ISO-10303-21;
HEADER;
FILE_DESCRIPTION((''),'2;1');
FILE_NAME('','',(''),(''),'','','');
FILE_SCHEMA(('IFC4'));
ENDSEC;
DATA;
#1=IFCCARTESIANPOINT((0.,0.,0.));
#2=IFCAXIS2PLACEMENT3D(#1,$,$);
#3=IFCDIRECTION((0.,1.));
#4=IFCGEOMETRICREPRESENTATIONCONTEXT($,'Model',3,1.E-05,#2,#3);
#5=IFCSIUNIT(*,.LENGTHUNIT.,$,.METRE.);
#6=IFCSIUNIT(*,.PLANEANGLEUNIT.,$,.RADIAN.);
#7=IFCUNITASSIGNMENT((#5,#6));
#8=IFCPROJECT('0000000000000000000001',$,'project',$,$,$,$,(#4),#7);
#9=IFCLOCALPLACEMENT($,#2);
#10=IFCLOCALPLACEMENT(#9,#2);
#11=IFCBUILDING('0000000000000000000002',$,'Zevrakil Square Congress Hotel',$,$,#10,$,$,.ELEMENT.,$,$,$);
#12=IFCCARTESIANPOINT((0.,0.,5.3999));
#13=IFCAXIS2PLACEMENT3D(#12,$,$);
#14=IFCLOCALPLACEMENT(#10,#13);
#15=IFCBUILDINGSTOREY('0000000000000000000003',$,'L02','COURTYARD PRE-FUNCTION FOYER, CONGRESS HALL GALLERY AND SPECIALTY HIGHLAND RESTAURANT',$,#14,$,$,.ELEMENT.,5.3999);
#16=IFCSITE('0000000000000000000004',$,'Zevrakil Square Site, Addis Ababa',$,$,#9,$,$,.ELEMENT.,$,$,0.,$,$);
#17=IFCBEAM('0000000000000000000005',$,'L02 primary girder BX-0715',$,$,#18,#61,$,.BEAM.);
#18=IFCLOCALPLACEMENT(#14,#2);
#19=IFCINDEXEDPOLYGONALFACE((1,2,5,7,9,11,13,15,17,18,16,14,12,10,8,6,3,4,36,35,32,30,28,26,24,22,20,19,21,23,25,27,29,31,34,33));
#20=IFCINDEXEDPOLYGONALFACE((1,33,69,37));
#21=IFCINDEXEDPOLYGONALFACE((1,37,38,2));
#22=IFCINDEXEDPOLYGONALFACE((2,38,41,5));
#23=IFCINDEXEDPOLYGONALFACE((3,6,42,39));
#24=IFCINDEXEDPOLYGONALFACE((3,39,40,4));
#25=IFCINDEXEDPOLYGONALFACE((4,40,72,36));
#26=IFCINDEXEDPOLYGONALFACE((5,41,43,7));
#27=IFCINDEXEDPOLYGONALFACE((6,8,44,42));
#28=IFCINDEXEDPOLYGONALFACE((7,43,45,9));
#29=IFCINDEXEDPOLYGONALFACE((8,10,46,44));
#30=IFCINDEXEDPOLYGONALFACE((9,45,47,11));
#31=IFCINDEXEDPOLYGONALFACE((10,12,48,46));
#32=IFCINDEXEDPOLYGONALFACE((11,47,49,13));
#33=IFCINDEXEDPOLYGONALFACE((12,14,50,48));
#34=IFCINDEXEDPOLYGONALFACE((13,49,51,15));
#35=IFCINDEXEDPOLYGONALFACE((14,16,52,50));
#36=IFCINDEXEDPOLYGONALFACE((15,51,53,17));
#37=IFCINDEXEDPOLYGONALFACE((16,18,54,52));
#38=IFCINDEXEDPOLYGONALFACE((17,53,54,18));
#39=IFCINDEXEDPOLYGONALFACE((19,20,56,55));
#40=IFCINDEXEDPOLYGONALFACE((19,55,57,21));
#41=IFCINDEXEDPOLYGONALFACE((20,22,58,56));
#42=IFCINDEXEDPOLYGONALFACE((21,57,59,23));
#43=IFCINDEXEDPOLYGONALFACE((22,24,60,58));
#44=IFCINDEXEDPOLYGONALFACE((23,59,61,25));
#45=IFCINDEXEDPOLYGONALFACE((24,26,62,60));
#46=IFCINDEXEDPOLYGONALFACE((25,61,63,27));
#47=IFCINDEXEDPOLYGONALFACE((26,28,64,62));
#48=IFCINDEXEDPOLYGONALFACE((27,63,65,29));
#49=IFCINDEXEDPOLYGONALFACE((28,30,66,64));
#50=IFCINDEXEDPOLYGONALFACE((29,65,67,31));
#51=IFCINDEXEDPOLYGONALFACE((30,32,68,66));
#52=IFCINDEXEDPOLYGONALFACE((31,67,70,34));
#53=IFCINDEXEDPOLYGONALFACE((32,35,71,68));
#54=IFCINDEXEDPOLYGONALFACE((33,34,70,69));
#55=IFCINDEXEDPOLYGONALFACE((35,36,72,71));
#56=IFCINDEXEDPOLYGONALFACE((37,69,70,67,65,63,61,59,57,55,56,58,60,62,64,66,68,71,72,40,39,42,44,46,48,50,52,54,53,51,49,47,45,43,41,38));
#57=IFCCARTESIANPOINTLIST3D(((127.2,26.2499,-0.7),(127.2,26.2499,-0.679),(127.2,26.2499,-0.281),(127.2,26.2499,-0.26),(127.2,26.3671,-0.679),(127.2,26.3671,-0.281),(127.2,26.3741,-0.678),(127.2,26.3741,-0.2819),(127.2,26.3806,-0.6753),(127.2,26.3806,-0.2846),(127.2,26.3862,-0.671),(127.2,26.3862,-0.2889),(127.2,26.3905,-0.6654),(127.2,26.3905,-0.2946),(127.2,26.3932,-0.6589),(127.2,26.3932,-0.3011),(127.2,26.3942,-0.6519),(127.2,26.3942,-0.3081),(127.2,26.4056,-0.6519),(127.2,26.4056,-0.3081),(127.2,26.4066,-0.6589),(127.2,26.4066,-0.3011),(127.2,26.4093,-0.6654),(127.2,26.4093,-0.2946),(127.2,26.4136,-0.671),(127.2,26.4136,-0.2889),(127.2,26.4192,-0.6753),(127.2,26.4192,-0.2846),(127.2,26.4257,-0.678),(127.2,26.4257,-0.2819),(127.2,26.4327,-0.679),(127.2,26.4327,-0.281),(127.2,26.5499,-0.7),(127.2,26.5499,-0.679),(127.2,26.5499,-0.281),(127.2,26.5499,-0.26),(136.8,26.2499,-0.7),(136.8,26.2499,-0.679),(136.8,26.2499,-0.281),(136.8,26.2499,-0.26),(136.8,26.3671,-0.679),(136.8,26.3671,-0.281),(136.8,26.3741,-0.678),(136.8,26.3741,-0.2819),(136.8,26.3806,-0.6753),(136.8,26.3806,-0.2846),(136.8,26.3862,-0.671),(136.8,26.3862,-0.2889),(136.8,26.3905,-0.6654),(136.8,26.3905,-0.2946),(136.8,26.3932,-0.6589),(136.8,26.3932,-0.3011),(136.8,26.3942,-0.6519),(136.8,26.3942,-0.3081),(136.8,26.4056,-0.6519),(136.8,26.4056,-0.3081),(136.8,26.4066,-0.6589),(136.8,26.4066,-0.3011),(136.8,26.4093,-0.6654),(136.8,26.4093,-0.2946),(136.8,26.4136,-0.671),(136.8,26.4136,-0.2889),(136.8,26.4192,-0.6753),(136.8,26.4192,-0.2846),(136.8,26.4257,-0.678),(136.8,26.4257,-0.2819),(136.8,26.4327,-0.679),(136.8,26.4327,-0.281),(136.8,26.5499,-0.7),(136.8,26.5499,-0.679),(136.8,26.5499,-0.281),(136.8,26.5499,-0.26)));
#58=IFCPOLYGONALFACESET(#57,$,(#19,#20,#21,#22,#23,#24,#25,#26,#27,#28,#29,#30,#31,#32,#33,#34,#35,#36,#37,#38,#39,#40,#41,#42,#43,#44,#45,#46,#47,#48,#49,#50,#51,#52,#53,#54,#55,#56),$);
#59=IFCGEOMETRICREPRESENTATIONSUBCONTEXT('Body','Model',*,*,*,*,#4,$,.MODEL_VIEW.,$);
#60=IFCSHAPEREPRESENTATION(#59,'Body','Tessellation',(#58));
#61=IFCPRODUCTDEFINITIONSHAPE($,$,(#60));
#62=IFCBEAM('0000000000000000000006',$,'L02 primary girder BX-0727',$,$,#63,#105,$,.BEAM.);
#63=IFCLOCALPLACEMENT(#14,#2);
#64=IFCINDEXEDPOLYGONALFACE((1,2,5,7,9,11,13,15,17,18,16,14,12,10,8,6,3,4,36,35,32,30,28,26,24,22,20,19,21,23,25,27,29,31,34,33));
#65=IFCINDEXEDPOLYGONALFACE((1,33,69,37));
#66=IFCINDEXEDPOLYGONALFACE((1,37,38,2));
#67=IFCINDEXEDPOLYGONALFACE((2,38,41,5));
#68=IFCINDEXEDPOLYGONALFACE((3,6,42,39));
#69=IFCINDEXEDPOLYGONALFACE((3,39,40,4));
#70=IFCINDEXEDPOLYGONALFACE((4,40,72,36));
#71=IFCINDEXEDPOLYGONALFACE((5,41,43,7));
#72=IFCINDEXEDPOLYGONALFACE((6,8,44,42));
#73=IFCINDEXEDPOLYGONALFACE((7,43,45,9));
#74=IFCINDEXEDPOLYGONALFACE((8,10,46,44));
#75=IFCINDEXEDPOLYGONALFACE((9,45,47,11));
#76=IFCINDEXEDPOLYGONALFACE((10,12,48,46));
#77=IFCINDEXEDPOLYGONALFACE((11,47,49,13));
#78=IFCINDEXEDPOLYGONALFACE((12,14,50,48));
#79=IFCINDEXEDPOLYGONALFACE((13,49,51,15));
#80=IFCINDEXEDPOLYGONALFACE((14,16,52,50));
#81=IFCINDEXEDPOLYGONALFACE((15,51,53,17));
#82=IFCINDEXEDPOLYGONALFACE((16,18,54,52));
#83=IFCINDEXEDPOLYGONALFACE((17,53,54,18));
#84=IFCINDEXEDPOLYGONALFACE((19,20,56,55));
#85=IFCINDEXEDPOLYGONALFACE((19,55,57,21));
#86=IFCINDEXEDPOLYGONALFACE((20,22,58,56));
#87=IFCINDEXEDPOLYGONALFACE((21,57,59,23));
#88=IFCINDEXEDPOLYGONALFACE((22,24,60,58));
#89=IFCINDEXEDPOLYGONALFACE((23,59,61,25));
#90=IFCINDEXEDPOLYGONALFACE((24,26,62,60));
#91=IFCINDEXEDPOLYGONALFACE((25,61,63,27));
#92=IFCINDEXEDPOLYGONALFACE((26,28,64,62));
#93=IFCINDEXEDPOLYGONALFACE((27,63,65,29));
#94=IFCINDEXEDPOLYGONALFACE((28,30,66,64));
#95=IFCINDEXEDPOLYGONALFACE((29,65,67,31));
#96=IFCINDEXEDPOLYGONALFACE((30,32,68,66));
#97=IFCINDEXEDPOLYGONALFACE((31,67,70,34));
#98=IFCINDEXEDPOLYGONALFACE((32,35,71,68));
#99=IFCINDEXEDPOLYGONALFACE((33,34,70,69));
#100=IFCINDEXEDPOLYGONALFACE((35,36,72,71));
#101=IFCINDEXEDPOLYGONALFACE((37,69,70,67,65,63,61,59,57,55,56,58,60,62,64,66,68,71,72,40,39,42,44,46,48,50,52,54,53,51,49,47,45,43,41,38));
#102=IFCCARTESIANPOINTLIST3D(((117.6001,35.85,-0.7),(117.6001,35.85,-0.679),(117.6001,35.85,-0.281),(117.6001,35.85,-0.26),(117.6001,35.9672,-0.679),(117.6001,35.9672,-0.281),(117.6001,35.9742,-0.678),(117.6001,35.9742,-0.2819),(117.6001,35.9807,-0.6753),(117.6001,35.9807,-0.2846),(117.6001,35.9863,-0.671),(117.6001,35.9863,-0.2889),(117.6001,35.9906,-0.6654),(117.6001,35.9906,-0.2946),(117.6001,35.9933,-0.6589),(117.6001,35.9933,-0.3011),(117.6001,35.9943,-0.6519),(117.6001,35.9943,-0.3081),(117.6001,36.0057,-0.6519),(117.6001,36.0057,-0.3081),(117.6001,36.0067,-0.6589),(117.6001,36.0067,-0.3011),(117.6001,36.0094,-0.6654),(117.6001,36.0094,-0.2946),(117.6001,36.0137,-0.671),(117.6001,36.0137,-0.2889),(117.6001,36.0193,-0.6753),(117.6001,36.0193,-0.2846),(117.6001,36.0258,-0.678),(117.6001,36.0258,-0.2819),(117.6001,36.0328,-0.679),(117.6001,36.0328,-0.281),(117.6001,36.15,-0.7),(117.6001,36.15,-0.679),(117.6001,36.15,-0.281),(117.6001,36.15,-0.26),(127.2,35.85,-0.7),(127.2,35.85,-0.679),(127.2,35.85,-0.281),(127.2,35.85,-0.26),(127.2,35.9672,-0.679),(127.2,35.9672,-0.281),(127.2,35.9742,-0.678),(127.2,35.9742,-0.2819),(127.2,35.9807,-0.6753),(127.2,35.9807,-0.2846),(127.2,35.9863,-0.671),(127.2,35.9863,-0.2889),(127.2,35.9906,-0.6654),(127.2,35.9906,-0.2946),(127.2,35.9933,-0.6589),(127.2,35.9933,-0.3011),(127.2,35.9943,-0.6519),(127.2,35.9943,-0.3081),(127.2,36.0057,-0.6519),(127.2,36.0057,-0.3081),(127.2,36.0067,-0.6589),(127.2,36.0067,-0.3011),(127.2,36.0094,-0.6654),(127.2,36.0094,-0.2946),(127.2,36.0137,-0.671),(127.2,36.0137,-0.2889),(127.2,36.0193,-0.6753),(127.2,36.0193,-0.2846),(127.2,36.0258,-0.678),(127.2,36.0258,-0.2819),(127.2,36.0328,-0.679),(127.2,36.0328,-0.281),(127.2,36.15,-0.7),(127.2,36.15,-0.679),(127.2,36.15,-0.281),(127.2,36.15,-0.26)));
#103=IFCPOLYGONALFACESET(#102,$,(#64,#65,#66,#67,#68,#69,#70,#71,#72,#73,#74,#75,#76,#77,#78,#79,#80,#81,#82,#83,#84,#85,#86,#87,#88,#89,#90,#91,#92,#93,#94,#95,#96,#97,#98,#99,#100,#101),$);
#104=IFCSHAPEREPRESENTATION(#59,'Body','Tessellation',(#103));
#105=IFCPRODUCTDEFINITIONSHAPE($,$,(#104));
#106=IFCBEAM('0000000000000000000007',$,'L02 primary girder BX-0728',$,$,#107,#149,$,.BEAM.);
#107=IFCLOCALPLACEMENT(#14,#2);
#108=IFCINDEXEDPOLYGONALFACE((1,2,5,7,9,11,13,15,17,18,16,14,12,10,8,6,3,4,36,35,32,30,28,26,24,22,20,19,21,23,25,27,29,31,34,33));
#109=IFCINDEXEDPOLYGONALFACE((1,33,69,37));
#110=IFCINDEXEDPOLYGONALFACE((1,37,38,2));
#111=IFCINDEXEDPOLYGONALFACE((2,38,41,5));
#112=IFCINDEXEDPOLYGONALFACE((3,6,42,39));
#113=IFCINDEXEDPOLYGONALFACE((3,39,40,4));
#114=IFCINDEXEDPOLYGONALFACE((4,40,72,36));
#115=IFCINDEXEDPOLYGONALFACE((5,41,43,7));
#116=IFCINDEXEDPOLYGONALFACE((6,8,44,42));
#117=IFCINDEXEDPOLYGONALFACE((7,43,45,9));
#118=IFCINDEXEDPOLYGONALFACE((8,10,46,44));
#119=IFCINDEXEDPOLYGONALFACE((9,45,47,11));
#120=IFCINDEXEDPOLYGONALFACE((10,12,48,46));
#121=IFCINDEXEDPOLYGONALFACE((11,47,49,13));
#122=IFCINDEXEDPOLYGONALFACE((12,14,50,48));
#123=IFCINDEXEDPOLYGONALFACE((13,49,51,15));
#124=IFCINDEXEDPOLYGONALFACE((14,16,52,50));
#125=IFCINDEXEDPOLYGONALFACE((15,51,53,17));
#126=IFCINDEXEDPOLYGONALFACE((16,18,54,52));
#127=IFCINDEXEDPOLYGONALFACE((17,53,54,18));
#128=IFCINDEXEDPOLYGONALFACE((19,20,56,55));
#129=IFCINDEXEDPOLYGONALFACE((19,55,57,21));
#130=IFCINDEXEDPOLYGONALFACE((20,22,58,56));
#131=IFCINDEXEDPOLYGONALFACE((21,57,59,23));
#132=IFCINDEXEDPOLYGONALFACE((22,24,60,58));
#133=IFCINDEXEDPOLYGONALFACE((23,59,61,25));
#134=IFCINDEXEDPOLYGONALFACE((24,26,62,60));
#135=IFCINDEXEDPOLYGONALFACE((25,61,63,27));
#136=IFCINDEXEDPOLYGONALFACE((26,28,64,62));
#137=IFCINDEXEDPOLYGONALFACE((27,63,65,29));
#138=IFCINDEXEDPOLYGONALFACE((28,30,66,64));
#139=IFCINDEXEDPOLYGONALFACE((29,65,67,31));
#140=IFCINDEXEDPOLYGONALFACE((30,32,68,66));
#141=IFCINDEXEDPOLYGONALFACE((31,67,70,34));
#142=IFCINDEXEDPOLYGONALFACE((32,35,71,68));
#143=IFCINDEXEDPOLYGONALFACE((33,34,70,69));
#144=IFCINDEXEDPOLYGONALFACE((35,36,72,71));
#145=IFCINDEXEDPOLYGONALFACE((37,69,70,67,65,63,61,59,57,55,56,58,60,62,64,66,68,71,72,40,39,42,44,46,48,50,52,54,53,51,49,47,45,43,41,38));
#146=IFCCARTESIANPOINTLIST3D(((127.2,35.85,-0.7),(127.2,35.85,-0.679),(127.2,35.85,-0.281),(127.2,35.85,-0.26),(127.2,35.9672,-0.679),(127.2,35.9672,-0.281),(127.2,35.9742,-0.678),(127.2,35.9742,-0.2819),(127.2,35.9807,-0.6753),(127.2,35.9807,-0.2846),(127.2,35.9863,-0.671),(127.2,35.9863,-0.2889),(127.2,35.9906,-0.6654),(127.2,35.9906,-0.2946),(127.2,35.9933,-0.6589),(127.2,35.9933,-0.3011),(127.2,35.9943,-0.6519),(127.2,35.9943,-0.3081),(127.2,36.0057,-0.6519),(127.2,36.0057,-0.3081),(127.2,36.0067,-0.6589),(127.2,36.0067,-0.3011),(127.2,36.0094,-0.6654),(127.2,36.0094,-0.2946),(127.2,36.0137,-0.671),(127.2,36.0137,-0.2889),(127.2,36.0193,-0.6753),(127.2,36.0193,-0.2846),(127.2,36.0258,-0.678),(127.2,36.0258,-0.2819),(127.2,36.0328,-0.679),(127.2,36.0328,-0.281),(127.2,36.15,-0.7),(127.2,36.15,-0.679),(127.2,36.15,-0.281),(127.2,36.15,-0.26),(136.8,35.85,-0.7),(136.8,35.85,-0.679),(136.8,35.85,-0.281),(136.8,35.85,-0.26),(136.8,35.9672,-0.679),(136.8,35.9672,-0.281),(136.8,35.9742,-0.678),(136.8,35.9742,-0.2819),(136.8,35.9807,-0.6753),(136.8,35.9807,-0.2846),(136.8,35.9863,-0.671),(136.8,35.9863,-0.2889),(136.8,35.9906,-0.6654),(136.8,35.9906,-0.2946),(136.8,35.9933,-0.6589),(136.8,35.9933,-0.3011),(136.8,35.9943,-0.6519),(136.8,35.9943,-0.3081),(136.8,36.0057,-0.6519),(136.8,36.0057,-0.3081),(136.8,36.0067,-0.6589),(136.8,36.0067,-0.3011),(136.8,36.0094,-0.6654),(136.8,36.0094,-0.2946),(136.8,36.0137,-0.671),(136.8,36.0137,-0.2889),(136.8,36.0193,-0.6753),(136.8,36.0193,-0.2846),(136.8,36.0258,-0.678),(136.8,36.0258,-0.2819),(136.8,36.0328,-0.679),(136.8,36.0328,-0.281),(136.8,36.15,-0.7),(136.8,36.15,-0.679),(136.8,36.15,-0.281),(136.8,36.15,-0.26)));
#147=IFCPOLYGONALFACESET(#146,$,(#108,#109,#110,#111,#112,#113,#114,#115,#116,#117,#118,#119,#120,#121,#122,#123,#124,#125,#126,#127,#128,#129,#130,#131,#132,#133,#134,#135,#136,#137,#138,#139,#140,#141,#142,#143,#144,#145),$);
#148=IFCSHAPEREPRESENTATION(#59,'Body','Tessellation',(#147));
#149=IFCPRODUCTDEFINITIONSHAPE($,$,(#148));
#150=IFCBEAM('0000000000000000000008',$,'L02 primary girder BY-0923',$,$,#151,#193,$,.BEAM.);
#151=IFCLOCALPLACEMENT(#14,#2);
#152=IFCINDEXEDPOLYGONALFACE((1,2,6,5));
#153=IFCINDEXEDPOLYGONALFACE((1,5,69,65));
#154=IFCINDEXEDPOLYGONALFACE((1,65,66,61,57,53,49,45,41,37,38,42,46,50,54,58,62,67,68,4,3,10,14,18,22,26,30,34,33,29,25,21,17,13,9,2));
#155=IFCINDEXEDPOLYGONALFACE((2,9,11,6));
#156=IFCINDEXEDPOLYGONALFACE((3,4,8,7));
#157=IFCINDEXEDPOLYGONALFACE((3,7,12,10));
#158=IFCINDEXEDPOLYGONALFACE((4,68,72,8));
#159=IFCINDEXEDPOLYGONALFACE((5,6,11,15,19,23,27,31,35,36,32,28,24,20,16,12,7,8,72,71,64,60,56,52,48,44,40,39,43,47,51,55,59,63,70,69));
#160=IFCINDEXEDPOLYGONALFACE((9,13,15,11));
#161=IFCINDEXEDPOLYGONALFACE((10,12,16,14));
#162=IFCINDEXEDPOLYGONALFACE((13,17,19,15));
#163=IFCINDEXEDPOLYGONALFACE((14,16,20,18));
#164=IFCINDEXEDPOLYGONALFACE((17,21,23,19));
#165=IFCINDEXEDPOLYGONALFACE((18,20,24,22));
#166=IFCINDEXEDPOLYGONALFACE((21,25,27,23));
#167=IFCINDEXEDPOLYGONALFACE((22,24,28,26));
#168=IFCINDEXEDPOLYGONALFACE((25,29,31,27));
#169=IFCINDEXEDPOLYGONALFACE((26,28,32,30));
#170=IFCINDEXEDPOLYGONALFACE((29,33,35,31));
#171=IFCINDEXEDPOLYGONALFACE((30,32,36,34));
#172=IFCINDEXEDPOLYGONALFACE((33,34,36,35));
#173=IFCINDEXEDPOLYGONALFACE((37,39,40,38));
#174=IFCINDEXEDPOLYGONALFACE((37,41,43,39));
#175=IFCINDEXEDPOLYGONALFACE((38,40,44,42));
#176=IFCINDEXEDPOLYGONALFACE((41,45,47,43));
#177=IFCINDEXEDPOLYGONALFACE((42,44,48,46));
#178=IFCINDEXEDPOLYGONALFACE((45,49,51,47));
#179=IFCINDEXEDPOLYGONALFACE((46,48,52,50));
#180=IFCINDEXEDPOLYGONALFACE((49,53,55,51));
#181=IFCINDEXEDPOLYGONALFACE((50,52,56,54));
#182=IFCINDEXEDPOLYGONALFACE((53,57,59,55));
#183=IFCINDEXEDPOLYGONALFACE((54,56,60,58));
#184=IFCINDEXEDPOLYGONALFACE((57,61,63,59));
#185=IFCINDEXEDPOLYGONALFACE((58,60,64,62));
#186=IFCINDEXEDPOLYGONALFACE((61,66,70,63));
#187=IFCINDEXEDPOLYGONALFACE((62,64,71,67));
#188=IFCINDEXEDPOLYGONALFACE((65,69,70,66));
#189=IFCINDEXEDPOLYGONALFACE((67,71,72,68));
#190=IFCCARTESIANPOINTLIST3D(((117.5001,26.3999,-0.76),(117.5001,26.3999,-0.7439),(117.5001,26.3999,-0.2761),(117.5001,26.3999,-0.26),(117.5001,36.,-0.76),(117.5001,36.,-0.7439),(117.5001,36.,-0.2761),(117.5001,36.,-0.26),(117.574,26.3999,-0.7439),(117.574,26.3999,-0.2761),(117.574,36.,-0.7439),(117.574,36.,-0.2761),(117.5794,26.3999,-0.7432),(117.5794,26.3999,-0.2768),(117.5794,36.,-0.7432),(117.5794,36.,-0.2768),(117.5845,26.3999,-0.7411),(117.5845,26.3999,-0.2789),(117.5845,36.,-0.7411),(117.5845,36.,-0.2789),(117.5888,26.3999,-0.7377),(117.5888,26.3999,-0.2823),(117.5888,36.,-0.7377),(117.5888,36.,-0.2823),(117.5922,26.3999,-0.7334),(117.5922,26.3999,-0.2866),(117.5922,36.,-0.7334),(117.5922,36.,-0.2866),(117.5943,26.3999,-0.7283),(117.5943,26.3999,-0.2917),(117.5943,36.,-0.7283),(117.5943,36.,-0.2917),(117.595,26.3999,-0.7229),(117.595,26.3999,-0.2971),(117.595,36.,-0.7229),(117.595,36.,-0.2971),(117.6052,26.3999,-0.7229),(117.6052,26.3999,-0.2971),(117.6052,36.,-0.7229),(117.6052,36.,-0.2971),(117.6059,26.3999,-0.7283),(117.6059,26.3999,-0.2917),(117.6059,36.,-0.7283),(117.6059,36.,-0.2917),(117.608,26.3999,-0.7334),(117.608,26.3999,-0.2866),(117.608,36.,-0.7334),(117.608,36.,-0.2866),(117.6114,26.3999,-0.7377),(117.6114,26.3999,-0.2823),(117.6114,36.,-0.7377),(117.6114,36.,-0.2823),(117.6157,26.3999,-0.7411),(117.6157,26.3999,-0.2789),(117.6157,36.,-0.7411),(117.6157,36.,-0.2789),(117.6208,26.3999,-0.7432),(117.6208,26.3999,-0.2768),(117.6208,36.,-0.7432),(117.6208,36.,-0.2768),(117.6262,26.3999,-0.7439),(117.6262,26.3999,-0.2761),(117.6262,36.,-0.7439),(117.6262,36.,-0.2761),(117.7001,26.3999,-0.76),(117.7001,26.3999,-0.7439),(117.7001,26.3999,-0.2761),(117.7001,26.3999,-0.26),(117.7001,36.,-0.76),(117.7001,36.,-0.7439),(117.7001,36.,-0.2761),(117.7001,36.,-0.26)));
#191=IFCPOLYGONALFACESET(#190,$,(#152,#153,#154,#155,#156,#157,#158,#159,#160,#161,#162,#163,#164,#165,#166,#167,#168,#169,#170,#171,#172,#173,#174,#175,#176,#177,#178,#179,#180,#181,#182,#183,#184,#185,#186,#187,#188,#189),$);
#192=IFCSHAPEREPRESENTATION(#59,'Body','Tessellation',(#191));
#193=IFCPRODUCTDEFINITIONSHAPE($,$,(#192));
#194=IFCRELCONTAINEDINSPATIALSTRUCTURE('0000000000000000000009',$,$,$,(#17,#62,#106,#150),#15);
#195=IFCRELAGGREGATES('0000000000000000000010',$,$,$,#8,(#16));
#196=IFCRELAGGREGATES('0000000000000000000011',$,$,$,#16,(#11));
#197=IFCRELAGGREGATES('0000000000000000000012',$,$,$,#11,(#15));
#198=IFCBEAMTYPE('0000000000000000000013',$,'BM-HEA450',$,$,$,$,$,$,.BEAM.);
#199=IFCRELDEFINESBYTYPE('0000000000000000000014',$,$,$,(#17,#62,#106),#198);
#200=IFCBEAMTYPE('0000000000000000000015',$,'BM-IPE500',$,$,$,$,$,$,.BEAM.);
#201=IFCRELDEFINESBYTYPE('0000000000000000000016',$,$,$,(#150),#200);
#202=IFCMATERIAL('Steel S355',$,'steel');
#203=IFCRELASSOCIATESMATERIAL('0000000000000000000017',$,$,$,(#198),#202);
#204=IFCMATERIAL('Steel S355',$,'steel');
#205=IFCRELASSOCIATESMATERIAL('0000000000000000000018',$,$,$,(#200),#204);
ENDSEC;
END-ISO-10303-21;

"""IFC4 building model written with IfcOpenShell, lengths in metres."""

from ifc_helpers import new_model, si_unit, direction, frame, origin, origin_2d, place, context, subcontext, project, spatial, i_section, extrude, material, material_profile, profile_set, type_object, element, save


model = new_model("IFC4")

# Units and contexts
model_context = context("Model", 3, precision=1e-05, world=origin(), true_north=direction((0.0, 1.0)))
body_context = subcontext(model_context, "Body", "Model", "MODEL_VIEW")
ifc_project = project(units=[si_unit("LENGTHUNIT", "METRE"), si_unit("PLANEANGLEUNIT", "RADIAN")], contexts=[model_context])

# Site, building, storey
site_placement = place(None, origin())
site = spatial("IfcSite", under=ifc_project, at=site_placement, Name="Zevrakil Square Site, Addis Ababa", CompositionType="ELEMENT", RefElevation=0.0)
building_placement = place(site_placement, origin())
building = spatial("IfcBuilding", under=site, at=building_placement, Name="Zevrakil Square Congress Hotel", CompositionType="ELEMENT")
storey_placement = place(building_placement, frame((0.0, 0.0, 5.3999)))
storey = spatial("IfcBuildingStorey", under=building, at=storey_placement, Name="L02", Description="COURTYARD PRE-FUNCTION FOYER, CONGRESS HALL GALLERY AND SPECIALTY HIGHLAND RESTAURANT", CompositionType="ELEMENT", Elevation=5.3999)

# Beams
ifc_material_1 = material(Name="Steel S355", Category="steel")
ifc_material_profile_1 = material_profile(ifc_material_1, i_section(OverallWidth=0.3, OverallDepth=0.4399, WebThickness=0.0115, FlangeThickness=0.021, FilletRadius=0.0271, at=origin_2d()), Name="HEA 450")
ifc_profile_set_1 = profile_set([ifc_material_profile_1], Name="Steel S355")
beam_type_1 = type_object("IfcBeamType", Name="BM-HEA450", PredefinedType="BEAM", material=ifc_profile_set_1)
beam_1_placement = place(storey_placement, frame((127.2, 26.3999, -0.48), z_axis=(1.0, 0.0, 0.0), x_axis=(0.0, 1.0, 0.0)))
element("IfcBeam", 1, at=beam_1_placement, inside=storey, type_object=beam_type_1, Name="L02 primary girder BX-0715", PredefinedType="BEAM", context=body_context, shape_type="SweptSolid", body=[
    extrude(i_section(OverallWidth=0.3, OverallDepth=0.4399, WebThickness=0.0115, FlangeThickness=0.021, FilletRadius=0.0271, at=origin_2d()), origin(), (0.0, 0.0, 1.0), 9.6001),
])
beam_2_placement = place(storey_placement, frame((117.6001, 36.0, -0.48), z_axis=(1.0, 0.0, 0.0), x_axis=(0.0, 1.0, 0.0)))
element("IfcBeam", 2, at=beam_2_placement, inside=storey, type_object=beam_type_1, Name="L02 primary girder BX-0727", PredefinedType="BEAM", context=body_context, shape_type="SweptSolid", body=[
    extrude(i_section(OverallWidth=0.3, OverallDepth=0.4399, WebThickness=0.0115, FlangeThickness=0.021, FilletRadius=0.0271, at=origin_2d()), origin(), (0.0, 0.0, 1.0), 9.5999),
])
beam_3_placement = place(storey_placement, frame((127.2, 36.0, -0.48), z_axis=(1.0, 0.0, 0.0), x_axis=(0.0, 1.0, 0.0)))
element("IfcBeam", 3, at=beam_3_placement, inside=storey, type_object=beam_type_1, Name="L02 primary girder BX-0728", PredefinedType="BEAM", context=body_context, shape_type="SweptSolid", body=[
    extrude(i_section(OverallWidth=0.3, OverallDepth=0.4399, WebThickness=0.0115, FlangeThickness=0.021, FilletRadius=0.0271, at=origin_2d()), origin(), (0.0, 0.0, 1.0), 9.6001),
])
ifc_material_2 = material(Name="Steel S355", Category="steel")
ifc_material_profile_2 = material_profile(ifc_material_2, i_section(OverallWidth=0.2, OverallDepth=0.5, WebThickness=0.0103, FlangeThickness=0.0161, FilletRadius=0.021, at=origin_2d()), Name="IPE 500")
ifc_profile_set_2 = profile_set([ifc_material_profile_2], Name="Steel S355")
beam_type_2 = type_object("IfcBeamType", Name="BM-IPE500", PredefinedType="BEAM", material=ifc_profile_set_2)
for number, where, z_axis, x_axis, name in (
    (4, (117.6001, 26.3999, -0.51), (0.0, 1.0, 0.0), (-1.0, 0.0, 0.0), "L02 primary girder BY-0923"),
):
    element("IfcBeam", number, at=place(storey_placement, frame(where, z_axis=z_axis, x_axis=x_axis)), inside=storey, type_object=beam_type_2, Name=name, PredefinedType="BEAM", context=body_context, shape_type="SweptSolid", body=[
        extrude(i_section(OverallWidth=0.2, OverallDepth=0.5, WebThickness=0.0103, FlangeThickness=0.0161, FilletRadius=0.021, at=origin_2d()), origin(), (0.0, 0.0, 1.0), 9.6001),
    ])

save(model, "model.ifc")
